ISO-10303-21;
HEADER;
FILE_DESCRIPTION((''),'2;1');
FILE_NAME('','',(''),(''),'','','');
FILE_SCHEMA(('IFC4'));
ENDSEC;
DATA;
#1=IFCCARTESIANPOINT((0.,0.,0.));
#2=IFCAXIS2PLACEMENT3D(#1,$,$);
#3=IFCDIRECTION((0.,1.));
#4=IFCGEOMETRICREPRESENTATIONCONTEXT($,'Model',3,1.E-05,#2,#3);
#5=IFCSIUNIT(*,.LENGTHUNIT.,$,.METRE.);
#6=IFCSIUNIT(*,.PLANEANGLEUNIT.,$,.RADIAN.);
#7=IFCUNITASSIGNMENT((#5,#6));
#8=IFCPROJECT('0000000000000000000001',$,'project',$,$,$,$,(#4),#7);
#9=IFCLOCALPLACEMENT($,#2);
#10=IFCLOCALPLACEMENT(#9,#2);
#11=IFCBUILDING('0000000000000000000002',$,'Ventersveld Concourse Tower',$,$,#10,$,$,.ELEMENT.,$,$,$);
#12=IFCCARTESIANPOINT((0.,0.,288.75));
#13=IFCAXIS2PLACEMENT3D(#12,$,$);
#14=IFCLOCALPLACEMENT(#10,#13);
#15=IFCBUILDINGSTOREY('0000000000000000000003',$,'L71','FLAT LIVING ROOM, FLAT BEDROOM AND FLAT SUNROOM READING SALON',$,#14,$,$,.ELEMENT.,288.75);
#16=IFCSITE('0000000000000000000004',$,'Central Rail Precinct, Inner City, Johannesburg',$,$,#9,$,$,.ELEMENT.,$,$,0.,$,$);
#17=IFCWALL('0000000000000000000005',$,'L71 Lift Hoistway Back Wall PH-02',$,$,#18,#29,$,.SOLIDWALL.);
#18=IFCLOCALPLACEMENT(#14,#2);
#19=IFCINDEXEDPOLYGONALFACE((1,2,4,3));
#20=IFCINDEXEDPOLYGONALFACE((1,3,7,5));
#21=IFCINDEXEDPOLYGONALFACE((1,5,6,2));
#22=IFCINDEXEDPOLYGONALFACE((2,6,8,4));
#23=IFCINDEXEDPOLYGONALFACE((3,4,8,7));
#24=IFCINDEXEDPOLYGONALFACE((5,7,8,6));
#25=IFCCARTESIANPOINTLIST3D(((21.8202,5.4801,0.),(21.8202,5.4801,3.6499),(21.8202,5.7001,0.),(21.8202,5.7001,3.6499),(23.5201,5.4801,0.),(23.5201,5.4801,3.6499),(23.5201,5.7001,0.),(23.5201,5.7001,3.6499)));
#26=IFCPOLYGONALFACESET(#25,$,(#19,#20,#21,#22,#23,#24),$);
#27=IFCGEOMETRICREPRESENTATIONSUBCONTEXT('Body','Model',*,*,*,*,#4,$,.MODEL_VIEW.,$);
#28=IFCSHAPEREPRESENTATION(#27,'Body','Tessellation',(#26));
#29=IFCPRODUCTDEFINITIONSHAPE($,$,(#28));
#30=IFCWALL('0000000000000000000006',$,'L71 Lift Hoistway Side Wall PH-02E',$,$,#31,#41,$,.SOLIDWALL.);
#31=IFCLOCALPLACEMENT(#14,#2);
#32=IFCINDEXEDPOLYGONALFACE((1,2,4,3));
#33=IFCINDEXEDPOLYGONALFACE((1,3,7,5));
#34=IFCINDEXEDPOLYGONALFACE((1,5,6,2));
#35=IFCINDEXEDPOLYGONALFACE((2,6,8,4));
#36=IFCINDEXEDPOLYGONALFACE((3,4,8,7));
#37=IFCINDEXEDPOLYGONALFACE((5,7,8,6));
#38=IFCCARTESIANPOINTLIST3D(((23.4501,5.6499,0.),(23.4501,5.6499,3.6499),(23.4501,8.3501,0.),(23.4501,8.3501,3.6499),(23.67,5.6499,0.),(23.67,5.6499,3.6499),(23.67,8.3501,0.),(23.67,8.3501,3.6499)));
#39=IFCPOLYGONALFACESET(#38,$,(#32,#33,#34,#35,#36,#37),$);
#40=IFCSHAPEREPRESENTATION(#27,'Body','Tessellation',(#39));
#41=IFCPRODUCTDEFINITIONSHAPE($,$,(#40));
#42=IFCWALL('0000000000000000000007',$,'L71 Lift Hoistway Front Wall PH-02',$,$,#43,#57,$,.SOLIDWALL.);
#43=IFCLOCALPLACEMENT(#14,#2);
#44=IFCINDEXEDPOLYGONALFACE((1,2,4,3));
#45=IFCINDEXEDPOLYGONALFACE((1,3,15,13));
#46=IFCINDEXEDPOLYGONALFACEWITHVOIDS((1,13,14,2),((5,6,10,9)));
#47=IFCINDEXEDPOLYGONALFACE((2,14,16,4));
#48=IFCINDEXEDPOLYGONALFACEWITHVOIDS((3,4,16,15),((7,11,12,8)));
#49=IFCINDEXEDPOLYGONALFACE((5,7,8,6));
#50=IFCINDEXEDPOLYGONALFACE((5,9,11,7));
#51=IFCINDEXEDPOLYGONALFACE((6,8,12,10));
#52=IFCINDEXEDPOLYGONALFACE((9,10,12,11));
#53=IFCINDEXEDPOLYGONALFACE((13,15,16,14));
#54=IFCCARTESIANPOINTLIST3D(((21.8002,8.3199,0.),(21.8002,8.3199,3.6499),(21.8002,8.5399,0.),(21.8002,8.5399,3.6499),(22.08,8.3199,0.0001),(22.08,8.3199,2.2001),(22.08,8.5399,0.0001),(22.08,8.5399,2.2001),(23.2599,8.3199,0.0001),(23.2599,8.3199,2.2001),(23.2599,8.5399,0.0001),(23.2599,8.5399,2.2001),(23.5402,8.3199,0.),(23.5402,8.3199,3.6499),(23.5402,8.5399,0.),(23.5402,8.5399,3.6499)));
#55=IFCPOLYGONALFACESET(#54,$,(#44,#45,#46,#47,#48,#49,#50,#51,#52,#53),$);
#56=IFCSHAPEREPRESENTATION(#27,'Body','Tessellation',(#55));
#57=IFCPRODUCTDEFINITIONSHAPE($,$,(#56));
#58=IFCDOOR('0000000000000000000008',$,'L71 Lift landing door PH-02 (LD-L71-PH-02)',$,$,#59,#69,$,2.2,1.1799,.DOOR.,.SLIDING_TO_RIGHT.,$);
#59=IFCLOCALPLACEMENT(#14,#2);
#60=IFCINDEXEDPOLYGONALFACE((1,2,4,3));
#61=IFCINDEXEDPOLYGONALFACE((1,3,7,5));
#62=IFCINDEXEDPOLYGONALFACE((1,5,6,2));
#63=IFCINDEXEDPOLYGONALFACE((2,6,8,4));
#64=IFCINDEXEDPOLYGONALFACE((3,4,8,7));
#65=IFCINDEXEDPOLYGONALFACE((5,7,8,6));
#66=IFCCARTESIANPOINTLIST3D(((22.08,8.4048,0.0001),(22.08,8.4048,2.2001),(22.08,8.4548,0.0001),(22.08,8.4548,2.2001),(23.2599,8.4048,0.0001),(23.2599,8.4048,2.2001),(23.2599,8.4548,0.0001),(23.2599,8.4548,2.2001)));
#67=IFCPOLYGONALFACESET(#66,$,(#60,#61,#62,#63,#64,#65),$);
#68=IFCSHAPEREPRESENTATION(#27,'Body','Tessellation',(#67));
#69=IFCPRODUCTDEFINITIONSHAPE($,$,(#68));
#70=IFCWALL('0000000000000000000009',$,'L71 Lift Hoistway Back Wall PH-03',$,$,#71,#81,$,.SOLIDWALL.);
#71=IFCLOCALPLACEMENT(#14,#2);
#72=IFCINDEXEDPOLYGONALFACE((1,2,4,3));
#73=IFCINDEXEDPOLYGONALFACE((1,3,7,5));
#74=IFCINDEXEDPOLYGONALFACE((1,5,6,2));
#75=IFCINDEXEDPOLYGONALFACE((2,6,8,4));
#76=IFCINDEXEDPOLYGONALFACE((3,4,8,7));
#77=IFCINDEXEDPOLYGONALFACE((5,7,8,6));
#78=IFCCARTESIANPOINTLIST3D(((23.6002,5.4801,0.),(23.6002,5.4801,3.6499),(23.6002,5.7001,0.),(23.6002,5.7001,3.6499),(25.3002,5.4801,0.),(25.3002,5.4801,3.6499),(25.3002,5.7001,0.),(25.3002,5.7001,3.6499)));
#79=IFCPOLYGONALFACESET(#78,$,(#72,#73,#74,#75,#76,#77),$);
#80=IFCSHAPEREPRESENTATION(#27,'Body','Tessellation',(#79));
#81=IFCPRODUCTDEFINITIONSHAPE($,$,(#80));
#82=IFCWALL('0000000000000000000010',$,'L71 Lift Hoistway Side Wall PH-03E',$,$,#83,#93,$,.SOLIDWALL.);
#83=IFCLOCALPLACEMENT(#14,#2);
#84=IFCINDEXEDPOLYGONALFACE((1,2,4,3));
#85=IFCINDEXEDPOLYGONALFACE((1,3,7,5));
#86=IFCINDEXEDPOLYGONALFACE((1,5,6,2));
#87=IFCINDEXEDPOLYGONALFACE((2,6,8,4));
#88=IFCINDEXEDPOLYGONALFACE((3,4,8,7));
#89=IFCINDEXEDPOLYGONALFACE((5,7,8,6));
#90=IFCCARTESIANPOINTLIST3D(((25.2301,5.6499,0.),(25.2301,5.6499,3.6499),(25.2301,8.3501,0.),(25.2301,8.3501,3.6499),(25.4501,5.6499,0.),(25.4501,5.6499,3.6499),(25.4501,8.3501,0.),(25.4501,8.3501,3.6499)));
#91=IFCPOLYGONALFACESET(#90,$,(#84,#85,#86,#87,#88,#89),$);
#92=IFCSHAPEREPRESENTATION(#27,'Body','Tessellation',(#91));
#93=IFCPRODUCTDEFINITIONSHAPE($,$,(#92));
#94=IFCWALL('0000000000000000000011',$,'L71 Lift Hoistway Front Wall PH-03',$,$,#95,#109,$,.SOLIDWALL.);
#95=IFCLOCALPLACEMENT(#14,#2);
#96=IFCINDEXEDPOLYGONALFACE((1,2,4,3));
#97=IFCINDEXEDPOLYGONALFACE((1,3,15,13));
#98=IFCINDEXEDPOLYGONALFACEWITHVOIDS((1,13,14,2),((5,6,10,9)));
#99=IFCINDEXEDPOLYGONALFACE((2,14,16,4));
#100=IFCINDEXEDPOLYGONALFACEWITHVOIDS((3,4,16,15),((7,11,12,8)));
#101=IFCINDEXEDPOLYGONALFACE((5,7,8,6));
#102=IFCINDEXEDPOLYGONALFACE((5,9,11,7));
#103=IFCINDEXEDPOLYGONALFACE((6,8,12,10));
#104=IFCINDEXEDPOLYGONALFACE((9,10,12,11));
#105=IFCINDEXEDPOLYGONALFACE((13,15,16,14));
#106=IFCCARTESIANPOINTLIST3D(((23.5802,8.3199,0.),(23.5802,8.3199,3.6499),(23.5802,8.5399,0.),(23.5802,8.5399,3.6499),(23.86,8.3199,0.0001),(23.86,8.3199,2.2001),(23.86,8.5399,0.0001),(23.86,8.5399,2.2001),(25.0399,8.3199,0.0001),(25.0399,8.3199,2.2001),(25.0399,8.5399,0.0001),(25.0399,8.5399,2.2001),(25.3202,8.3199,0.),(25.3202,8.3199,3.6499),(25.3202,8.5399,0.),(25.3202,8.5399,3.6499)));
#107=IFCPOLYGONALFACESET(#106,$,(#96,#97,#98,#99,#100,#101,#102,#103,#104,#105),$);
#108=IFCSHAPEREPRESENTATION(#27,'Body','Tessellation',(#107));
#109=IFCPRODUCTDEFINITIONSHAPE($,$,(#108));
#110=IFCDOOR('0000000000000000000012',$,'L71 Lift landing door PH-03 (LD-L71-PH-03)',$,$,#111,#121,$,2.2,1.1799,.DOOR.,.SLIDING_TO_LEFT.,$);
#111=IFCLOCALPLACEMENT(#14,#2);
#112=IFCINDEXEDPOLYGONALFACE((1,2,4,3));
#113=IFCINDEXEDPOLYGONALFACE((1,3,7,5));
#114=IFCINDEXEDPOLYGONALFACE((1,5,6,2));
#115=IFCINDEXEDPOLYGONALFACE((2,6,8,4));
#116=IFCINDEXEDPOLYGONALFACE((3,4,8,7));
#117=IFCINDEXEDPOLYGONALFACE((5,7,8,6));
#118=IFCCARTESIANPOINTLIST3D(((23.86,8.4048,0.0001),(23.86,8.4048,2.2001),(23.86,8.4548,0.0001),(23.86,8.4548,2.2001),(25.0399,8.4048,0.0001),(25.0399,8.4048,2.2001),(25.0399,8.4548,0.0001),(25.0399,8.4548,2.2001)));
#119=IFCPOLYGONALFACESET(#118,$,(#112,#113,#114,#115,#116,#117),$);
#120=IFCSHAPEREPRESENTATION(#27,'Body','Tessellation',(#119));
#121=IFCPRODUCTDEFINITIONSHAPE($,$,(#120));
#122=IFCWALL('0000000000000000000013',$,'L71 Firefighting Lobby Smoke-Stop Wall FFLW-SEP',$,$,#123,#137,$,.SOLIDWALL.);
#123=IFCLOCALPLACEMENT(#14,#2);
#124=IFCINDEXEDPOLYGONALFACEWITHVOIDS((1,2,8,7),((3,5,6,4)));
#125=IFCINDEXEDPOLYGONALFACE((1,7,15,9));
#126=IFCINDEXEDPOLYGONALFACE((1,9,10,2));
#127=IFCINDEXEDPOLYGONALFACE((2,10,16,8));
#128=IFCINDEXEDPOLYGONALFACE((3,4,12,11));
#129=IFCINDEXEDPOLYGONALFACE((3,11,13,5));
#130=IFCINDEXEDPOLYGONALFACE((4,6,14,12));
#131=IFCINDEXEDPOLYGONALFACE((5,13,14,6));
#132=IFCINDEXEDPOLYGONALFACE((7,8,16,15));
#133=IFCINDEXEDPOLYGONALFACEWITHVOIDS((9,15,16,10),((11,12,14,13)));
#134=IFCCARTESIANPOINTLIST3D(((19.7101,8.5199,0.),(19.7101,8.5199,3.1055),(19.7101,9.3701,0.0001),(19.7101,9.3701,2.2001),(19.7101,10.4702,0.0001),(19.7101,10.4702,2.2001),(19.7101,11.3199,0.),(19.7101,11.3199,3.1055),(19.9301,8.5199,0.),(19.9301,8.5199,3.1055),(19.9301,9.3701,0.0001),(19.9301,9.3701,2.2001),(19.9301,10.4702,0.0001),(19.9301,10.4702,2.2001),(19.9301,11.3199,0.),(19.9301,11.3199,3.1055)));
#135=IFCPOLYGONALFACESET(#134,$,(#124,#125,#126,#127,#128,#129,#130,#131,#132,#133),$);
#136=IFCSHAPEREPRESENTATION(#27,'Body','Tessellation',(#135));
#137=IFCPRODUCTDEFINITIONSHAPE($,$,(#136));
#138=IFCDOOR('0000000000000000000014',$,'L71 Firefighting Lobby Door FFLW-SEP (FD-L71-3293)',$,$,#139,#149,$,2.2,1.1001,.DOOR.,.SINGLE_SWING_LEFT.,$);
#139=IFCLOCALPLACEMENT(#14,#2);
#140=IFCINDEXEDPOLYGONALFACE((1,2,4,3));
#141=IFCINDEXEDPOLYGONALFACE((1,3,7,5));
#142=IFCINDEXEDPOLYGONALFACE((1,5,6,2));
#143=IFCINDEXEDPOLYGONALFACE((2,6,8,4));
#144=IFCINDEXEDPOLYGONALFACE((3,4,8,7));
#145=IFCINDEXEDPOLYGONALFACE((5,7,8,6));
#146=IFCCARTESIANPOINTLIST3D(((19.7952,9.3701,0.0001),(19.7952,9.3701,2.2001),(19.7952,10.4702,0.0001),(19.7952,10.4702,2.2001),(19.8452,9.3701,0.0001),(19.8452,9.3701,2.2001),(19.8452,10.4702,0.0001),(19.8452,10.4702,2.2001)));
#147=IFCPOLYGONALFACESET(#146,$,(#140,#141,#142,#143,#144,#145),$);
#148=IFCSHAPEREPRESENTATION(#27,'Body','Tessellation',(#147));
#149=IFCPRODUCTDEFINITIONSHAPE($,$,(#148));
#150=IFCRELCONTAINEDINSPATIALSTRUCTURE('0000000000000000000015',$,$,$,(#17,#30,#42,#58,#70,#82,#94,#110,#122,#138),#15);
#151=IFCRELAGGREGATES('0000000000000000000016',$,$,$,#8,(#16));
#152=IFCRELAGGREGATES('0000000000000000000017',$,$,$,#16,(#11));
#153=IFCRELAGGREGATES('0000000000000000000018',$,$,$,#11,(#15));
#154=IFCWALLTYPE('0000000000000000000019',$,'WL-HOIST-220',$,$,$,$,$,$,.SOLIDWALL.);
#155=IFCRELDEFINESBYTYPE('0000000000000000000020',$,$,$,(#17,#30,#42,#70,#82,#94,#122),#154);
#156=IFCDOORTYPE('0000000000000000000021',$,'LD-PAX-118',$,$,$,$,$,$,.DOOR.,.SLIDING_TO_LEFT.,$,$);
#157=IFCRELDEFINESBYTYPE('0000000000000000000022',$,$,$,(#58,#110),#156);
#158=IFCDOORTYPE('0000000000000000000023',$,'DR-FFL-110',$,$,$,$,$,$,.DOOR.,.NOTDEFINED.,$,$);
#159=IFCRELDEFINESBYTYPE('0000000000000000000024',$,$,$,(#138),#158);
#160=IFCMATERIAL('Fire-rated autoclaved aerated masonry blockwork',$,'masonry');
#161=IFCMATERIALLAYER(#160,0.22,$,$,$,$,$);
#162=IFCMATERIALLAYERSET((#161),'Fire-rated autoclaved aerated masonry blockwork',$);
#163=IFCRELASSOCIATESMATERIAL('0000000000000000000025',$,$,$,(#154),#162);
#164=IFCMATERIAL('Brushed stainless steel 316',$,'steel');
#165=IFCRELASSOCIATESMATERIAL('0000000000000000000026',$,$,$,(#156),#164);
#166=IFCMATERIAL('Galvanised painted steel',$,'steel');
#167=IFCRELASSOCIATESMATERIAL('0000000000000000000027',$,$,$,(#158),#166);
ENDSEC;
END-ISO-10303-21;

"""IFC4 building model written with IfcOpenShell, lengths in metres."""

from ifc_helpers import new_model, si_unit, direction, frame, frame_2d, origin, place, context, subcontext, project, spatial, rectangle, extrude, material, layer, layer_set, type_object, element, fill, save


model = new_model("IFC4")

# Units and contexts
model_context = context("Model", 3, precision=1e-05, world=origin(), true_north=direction((0.0, 1.0)))
body_context = subcontext(model_context, "Body", "Model", "MODEL_VIEW")
ifc_project = project(units=[si_unit("LENGTHUNIT", "METRE"), si_unit("PLANEANGLEUNIT", "RADIAN")], contexts=[model_context])

# Site, building, storey
site_placement = place(None, origin())
site = spatial("IfcSite", under=ifc_project, at=site_placement, Name="Central Rail Precinct, Inner City, Johannesburg", CompositionType="ELEMENT", RefElevation=0.0)
building_placement = place(site_placement, origin())
building = spatial("IfcBuilding", under=site, at=building_placement, Name="Ventersveld Concourse Tower", CompositionType="ELEMENT")
storey_placement = place(building_placement, frame((0.0, 0.0, 288.75)))
storey = spatial("IfcBuildingStorey", under=building, at=storey_placement, Name="L71", Description="FLAT LIVING ROOM, FLAT BEDROOM AND FLAT SUNROOM READING SALON", CompositionType="ELEMENT", Elevation=288.75)

# Shared definitions
ifc_material_1 = material(Name="Fire-rated autoclaved aerated masonry blockwork", Category="masonry")
ifc_material_2 = material(Name="Galvanised painted steel", Category="steel")

# Shared definitions
ifc_layer_1 = layer(ifc_material_1, 0.22)
ifc_layer_set_1 = layer_set([ifc_layer_1], Name="Fire-rated autoclaved aerated masonry blockwork")
wall_type_1 = type_object("IfcWallType", Name="WL-HOIST-220", PredefinedType="SOLIDWALL", material=ifc_layer_set_1)

# Shared definitions
ifc_material_3 = material(Name="Brushed stainless steel 316", Category="steel")
door_type_1 = type_object("IfcDoorType", Name="LD-PAX-118", OperationType="SLIDING_TO_LEFT", PredefinedType="DOOR", material=ifc_material_3)

# Walls
wall_1_placement = place(storey_placement, frame((21.8201, 5.5901, 0.0), z_axis=(0.0, 0.0, 1.0), x_axis=(1.0, 0.0, 0.0)))
element("IfcWall", 1, at=wall_1_placement, inside=storey, type_object=wall_type_1, Name="L71 Lift Hoistway Back Wall PH-02", PredefinedType="SOLIDWALL", context=body_context, shape_type="SweptSolid", body=[
    extrude(rectangle(XDim=1.7, YDim=0.22, at=frame_2d((0.8501, 0.0))), origin(), (0.0, 0.0, 1.0), 3.6499),
])
wall_2_placement = place(storey_placement, frame((23.5601, 5.6499, 0.0), z_axis=(0.0, 0.0, 1.0), x_axis=(0.0, 1.0, 0.0)))
element("IfcWall", 2, at=wall_2_placement, inside=storey, type_object=wall_type_1, Name="L71 Lift Hoistway Side Wall PH-02E", PredefinedType="SOLIDWALL", context=body_context, shape_type="SweptSolid", body=[
    extrude(rectangle(XDim=2.7002, YDim=0.22, at=frame_2d((1.3501, 0.0))), origin(), (0.0, 0.0, 1.0), 3.6499),
])

# Wall, opening, door
wall_3_placement = place(storey_placement, frame((21.8, 8.4299, 0.0), z_axis=(0.0, 0.0, 1.0), x_axis=(1.0, 0.0, 0.0)))
wall_3 = element("IfcWall", 3, at=wall_3_placement, inside=storey, type_object=wall_type_1, Name="L71 Lift Hoistway Front Wall PH-02", PredefinedType="SOLIDWALL", context=body_context, shape_type="SweptSolid", body=[
    extrude(rectangle(XDim=1.74, YDim=0.22, at=frame_2d((0.8701, 0.0))), origin(), (0.0, 0.0, 1.0), 3.6499),
])
opening_1_placement = place(wall_3_placement, frame((0.28, 0.0, 0.0)))
opening_1 = element("IfcOpeningElement", 4, at=opening_1_placement, cuts=wall_3, PredefinedType="OPENING", context=body_context, shape_type="SweptSolid", body=[
    extrude(rectangle(XDim=1.1799, YDim=2.2, at=frame_2d((0.5898, 1.1001))), frame((0.0, 0.1201, 0.0), z_axis=(0.0, -1.0, 0.0), x_axis=(1.0, 0.0, 0.0)), (0.0, 0.0, 1.0), 0.24),
])
door_1_placement = place(opening_1_placement, origin())
door_1 = element("IfcDoor", 5, at=door_1_placement, inside=storey, type_object=door_type_1, Name="L71 Lift landing door PH-02 (LD-L71-PH-02)", OperationType="SLIDING_TO_RIGHT", OverallHeight=2.2, OverallWidth=1.1799, PredefinedType="DOOR", context=body_context, shape_type="SweptSolid", body=[
    extrude(rectangle(XDim=1.1799, YDim=2.2, at=frame_2d((0.5898, 1.1001))), frame((0.0, 0.0249, 0.0), z_axis=(0.0, -1.0, 0.0), x_axis=(1.0, 0.0, 0.0)), (0.0, 0.0, 1.0), 0.05),
])
fill(opening_1, door_1)

# Walls
wall_4_placement = place(storey_placement, frame((23.6001, 5.5901, 0.0), z_axis=(0.0, 0.0, 1.0), x_axis=(1.0, 0.0, 0.0)))
element("IfcWall", 6, at=wall_4_placement, inside=storey, type_object=wall_type_1, Name="L71 Lift Hoistway Back Wall PH-03", PredefinedType="SOLIDWALL", context=body_context, shape_type="SweptSolid", body=[
    extrude(rectangle(XDim=1.7, YDim=0.22, at=frame_2d((0.8501, 0.0))), origin(), (0.0, 0.0, 1.0), 3.6499),
])
wall_5_placement = place(storey_placement, frame((25.3401, 5.6499, 0.0), z_axis=(0.0, 0.0, 1.0), x_axis=(0.0, 1.0, 0.0)))
element("IfcWall", 7, at=wall_5_placement, inside=storey, type_object=wall_type_1, Name="L71 Lift Hoistway Side Wall PH-03E", PredefinedType="SOLIDWALL", context=body_context, shape_type="SweptSolid", body=[
    extrude(rectangle(XDim=2.7002, YDim=0.22, at=frame_2d((1.3501, 0.0))), origin(), (0.0, 0.0, 1.0), 3.6499),
])

# Walls, openings, doors
wall_6_placement = place(storey_placement, frame((23.5801, 8.4299, 0.0), z_axis=(0.0, 0.0, 1.0), x_axis=(1.0, 0.0, 0.0)))
wall_6 = element("IfcWall", 8, at=wall_6_placement, inside=storey, type_object=wall_type_1, Name="L71 Lift Hoistway Front Wall PH-03", PredefinedType="SOLIDWALL", context=body_context, shape_type="SweptSolid", body=[
    extrude(rectangle(XDim=1.74, YDim=0.22, at=frame_2d((0.8701, 0.0))), origin(), (0.0, 0.0, 1.0), 3.6499),
])
opening_2_placement = place(wall_6_placement, frame((0.28, 0.0, 0.0)))
opening_2 = element("IfcOpeningElement", 9, at=opening_2_placement, cuts=wall_6, PredefinedType="OPENING", context=body_context, shape_type="SweptSolid", body=[
    extrude(rectangle(XDim=1.1799, YDim=2.2, at=frame_2d((0.5898, 1.1001))), frame((0.0, 0.1201, 0.0), z_axis=(0.0, -1.0, 0.0), x_axis=(1.0, 0.0, 0.0)), (0.0, 0.0, 1.0), 0.24),
])
door_2_placement = place(opening_2_placement, origin())
door_2 = element("IfcDoor", 10, at=door_2_placement, inside=storey, type_object=door_type_1, Name="L71 Lift landing door PH-03 (LD-L71-PH-03)", OperationType="SLIDING_TO_LEFT", OverallHeight=2.2, OverallWidth=1.1799, PredefinedType="DOOR", context=body_context, shape_type="SweptSolid", body=[
    extrude(rectangle(XDim=1.1799, YDim=2.2, at=frame_2d((0.5898, 1.1001))), frame((0.0, 0.0249, 0.0), z_axis=(0.0, -1.0, 0.0), x_axis=(1.0, 0.0, 0.0)), (0.0, 0.0, 1.0), 0.05),
])
fill(opening_2, door_2)
wall_7_placement = place(storey_placement, frame((19.8201, 8.52, 0.0), z_axis=(0.0, 0.0, 1.0), x_axis=(0.0, 1.0, 0.0)))
wall_7 = element("IfcWall", 11, at=wall_7_placement, inside=storey, type_object=wall_type_1, Name="L71 Firefighting Lobby Smoke-Stop Wall FFLW-SEP", PredefinedType="SOLIDWALL", context=body_context, shape_type="SweptSolid", body=[
    extrude(rectangle(XDim=2.8, YDim=0.22, at=frame_2d((1.3999, 0.0))), origin(), (0.0, 0.0, 1.0), 3.1055),
])
opening_3_placement = place(wall_7_placement, frame((0.8501, 0.0, 0.0)))
opening_3 = element("IfcOpeningElement", 12, at=opening_3_placement, cuts=wall_7, PredefinedType="OPENING", context=body_context, shape_type="SweptSolid", body=[
    extrude(rectangle(XDim=1.1001, YDim=2.2, at=frame_2d((0.55, 1.1001))), frame((0.0, 0.1201, 0.0), z_axis=(0.0, -1.0, 0.0), x_axis=(1.0, 0.0, 0.0)), (0.0, 0.0, 1.0), 0.24),
])
door_type_2 = type_object("IfcDoorType", Name="DR-FFL-110", OperationType="NOTDEFINED", PredefinedType="DOOR", material=ifc_material_2)
door_3_placement = place(opening_3_placement, origin())
door_3 = element("IfcDoor", 13, at=door_3_placement, inside=storey, type_object=door_type_2, Name="L71 Firefighting Lobby Door FFLW-SEP (FD-L71-3293)", OperationType="SINGLE_SWING_LEFT", OverallHeight=2.2, OverallWidth=1.1001, PredefinedType="DOOR", context=body_context, shape_type="SweptSolid", body=[
    extrude(rectangle(XDim=1.1001, YDim=2.2, at=frame_2d((0.55, 1.1001))), frame((0.0, 0.0249, 0.0), z_axis=(0.0, -1.0, 0.0), x_axis=(1.0, 0.0, 0.0)), (0.0, 0.0, 1.0), 0.05),
])
fill(opening_3, door_3)

save(model, "model.ifc")
